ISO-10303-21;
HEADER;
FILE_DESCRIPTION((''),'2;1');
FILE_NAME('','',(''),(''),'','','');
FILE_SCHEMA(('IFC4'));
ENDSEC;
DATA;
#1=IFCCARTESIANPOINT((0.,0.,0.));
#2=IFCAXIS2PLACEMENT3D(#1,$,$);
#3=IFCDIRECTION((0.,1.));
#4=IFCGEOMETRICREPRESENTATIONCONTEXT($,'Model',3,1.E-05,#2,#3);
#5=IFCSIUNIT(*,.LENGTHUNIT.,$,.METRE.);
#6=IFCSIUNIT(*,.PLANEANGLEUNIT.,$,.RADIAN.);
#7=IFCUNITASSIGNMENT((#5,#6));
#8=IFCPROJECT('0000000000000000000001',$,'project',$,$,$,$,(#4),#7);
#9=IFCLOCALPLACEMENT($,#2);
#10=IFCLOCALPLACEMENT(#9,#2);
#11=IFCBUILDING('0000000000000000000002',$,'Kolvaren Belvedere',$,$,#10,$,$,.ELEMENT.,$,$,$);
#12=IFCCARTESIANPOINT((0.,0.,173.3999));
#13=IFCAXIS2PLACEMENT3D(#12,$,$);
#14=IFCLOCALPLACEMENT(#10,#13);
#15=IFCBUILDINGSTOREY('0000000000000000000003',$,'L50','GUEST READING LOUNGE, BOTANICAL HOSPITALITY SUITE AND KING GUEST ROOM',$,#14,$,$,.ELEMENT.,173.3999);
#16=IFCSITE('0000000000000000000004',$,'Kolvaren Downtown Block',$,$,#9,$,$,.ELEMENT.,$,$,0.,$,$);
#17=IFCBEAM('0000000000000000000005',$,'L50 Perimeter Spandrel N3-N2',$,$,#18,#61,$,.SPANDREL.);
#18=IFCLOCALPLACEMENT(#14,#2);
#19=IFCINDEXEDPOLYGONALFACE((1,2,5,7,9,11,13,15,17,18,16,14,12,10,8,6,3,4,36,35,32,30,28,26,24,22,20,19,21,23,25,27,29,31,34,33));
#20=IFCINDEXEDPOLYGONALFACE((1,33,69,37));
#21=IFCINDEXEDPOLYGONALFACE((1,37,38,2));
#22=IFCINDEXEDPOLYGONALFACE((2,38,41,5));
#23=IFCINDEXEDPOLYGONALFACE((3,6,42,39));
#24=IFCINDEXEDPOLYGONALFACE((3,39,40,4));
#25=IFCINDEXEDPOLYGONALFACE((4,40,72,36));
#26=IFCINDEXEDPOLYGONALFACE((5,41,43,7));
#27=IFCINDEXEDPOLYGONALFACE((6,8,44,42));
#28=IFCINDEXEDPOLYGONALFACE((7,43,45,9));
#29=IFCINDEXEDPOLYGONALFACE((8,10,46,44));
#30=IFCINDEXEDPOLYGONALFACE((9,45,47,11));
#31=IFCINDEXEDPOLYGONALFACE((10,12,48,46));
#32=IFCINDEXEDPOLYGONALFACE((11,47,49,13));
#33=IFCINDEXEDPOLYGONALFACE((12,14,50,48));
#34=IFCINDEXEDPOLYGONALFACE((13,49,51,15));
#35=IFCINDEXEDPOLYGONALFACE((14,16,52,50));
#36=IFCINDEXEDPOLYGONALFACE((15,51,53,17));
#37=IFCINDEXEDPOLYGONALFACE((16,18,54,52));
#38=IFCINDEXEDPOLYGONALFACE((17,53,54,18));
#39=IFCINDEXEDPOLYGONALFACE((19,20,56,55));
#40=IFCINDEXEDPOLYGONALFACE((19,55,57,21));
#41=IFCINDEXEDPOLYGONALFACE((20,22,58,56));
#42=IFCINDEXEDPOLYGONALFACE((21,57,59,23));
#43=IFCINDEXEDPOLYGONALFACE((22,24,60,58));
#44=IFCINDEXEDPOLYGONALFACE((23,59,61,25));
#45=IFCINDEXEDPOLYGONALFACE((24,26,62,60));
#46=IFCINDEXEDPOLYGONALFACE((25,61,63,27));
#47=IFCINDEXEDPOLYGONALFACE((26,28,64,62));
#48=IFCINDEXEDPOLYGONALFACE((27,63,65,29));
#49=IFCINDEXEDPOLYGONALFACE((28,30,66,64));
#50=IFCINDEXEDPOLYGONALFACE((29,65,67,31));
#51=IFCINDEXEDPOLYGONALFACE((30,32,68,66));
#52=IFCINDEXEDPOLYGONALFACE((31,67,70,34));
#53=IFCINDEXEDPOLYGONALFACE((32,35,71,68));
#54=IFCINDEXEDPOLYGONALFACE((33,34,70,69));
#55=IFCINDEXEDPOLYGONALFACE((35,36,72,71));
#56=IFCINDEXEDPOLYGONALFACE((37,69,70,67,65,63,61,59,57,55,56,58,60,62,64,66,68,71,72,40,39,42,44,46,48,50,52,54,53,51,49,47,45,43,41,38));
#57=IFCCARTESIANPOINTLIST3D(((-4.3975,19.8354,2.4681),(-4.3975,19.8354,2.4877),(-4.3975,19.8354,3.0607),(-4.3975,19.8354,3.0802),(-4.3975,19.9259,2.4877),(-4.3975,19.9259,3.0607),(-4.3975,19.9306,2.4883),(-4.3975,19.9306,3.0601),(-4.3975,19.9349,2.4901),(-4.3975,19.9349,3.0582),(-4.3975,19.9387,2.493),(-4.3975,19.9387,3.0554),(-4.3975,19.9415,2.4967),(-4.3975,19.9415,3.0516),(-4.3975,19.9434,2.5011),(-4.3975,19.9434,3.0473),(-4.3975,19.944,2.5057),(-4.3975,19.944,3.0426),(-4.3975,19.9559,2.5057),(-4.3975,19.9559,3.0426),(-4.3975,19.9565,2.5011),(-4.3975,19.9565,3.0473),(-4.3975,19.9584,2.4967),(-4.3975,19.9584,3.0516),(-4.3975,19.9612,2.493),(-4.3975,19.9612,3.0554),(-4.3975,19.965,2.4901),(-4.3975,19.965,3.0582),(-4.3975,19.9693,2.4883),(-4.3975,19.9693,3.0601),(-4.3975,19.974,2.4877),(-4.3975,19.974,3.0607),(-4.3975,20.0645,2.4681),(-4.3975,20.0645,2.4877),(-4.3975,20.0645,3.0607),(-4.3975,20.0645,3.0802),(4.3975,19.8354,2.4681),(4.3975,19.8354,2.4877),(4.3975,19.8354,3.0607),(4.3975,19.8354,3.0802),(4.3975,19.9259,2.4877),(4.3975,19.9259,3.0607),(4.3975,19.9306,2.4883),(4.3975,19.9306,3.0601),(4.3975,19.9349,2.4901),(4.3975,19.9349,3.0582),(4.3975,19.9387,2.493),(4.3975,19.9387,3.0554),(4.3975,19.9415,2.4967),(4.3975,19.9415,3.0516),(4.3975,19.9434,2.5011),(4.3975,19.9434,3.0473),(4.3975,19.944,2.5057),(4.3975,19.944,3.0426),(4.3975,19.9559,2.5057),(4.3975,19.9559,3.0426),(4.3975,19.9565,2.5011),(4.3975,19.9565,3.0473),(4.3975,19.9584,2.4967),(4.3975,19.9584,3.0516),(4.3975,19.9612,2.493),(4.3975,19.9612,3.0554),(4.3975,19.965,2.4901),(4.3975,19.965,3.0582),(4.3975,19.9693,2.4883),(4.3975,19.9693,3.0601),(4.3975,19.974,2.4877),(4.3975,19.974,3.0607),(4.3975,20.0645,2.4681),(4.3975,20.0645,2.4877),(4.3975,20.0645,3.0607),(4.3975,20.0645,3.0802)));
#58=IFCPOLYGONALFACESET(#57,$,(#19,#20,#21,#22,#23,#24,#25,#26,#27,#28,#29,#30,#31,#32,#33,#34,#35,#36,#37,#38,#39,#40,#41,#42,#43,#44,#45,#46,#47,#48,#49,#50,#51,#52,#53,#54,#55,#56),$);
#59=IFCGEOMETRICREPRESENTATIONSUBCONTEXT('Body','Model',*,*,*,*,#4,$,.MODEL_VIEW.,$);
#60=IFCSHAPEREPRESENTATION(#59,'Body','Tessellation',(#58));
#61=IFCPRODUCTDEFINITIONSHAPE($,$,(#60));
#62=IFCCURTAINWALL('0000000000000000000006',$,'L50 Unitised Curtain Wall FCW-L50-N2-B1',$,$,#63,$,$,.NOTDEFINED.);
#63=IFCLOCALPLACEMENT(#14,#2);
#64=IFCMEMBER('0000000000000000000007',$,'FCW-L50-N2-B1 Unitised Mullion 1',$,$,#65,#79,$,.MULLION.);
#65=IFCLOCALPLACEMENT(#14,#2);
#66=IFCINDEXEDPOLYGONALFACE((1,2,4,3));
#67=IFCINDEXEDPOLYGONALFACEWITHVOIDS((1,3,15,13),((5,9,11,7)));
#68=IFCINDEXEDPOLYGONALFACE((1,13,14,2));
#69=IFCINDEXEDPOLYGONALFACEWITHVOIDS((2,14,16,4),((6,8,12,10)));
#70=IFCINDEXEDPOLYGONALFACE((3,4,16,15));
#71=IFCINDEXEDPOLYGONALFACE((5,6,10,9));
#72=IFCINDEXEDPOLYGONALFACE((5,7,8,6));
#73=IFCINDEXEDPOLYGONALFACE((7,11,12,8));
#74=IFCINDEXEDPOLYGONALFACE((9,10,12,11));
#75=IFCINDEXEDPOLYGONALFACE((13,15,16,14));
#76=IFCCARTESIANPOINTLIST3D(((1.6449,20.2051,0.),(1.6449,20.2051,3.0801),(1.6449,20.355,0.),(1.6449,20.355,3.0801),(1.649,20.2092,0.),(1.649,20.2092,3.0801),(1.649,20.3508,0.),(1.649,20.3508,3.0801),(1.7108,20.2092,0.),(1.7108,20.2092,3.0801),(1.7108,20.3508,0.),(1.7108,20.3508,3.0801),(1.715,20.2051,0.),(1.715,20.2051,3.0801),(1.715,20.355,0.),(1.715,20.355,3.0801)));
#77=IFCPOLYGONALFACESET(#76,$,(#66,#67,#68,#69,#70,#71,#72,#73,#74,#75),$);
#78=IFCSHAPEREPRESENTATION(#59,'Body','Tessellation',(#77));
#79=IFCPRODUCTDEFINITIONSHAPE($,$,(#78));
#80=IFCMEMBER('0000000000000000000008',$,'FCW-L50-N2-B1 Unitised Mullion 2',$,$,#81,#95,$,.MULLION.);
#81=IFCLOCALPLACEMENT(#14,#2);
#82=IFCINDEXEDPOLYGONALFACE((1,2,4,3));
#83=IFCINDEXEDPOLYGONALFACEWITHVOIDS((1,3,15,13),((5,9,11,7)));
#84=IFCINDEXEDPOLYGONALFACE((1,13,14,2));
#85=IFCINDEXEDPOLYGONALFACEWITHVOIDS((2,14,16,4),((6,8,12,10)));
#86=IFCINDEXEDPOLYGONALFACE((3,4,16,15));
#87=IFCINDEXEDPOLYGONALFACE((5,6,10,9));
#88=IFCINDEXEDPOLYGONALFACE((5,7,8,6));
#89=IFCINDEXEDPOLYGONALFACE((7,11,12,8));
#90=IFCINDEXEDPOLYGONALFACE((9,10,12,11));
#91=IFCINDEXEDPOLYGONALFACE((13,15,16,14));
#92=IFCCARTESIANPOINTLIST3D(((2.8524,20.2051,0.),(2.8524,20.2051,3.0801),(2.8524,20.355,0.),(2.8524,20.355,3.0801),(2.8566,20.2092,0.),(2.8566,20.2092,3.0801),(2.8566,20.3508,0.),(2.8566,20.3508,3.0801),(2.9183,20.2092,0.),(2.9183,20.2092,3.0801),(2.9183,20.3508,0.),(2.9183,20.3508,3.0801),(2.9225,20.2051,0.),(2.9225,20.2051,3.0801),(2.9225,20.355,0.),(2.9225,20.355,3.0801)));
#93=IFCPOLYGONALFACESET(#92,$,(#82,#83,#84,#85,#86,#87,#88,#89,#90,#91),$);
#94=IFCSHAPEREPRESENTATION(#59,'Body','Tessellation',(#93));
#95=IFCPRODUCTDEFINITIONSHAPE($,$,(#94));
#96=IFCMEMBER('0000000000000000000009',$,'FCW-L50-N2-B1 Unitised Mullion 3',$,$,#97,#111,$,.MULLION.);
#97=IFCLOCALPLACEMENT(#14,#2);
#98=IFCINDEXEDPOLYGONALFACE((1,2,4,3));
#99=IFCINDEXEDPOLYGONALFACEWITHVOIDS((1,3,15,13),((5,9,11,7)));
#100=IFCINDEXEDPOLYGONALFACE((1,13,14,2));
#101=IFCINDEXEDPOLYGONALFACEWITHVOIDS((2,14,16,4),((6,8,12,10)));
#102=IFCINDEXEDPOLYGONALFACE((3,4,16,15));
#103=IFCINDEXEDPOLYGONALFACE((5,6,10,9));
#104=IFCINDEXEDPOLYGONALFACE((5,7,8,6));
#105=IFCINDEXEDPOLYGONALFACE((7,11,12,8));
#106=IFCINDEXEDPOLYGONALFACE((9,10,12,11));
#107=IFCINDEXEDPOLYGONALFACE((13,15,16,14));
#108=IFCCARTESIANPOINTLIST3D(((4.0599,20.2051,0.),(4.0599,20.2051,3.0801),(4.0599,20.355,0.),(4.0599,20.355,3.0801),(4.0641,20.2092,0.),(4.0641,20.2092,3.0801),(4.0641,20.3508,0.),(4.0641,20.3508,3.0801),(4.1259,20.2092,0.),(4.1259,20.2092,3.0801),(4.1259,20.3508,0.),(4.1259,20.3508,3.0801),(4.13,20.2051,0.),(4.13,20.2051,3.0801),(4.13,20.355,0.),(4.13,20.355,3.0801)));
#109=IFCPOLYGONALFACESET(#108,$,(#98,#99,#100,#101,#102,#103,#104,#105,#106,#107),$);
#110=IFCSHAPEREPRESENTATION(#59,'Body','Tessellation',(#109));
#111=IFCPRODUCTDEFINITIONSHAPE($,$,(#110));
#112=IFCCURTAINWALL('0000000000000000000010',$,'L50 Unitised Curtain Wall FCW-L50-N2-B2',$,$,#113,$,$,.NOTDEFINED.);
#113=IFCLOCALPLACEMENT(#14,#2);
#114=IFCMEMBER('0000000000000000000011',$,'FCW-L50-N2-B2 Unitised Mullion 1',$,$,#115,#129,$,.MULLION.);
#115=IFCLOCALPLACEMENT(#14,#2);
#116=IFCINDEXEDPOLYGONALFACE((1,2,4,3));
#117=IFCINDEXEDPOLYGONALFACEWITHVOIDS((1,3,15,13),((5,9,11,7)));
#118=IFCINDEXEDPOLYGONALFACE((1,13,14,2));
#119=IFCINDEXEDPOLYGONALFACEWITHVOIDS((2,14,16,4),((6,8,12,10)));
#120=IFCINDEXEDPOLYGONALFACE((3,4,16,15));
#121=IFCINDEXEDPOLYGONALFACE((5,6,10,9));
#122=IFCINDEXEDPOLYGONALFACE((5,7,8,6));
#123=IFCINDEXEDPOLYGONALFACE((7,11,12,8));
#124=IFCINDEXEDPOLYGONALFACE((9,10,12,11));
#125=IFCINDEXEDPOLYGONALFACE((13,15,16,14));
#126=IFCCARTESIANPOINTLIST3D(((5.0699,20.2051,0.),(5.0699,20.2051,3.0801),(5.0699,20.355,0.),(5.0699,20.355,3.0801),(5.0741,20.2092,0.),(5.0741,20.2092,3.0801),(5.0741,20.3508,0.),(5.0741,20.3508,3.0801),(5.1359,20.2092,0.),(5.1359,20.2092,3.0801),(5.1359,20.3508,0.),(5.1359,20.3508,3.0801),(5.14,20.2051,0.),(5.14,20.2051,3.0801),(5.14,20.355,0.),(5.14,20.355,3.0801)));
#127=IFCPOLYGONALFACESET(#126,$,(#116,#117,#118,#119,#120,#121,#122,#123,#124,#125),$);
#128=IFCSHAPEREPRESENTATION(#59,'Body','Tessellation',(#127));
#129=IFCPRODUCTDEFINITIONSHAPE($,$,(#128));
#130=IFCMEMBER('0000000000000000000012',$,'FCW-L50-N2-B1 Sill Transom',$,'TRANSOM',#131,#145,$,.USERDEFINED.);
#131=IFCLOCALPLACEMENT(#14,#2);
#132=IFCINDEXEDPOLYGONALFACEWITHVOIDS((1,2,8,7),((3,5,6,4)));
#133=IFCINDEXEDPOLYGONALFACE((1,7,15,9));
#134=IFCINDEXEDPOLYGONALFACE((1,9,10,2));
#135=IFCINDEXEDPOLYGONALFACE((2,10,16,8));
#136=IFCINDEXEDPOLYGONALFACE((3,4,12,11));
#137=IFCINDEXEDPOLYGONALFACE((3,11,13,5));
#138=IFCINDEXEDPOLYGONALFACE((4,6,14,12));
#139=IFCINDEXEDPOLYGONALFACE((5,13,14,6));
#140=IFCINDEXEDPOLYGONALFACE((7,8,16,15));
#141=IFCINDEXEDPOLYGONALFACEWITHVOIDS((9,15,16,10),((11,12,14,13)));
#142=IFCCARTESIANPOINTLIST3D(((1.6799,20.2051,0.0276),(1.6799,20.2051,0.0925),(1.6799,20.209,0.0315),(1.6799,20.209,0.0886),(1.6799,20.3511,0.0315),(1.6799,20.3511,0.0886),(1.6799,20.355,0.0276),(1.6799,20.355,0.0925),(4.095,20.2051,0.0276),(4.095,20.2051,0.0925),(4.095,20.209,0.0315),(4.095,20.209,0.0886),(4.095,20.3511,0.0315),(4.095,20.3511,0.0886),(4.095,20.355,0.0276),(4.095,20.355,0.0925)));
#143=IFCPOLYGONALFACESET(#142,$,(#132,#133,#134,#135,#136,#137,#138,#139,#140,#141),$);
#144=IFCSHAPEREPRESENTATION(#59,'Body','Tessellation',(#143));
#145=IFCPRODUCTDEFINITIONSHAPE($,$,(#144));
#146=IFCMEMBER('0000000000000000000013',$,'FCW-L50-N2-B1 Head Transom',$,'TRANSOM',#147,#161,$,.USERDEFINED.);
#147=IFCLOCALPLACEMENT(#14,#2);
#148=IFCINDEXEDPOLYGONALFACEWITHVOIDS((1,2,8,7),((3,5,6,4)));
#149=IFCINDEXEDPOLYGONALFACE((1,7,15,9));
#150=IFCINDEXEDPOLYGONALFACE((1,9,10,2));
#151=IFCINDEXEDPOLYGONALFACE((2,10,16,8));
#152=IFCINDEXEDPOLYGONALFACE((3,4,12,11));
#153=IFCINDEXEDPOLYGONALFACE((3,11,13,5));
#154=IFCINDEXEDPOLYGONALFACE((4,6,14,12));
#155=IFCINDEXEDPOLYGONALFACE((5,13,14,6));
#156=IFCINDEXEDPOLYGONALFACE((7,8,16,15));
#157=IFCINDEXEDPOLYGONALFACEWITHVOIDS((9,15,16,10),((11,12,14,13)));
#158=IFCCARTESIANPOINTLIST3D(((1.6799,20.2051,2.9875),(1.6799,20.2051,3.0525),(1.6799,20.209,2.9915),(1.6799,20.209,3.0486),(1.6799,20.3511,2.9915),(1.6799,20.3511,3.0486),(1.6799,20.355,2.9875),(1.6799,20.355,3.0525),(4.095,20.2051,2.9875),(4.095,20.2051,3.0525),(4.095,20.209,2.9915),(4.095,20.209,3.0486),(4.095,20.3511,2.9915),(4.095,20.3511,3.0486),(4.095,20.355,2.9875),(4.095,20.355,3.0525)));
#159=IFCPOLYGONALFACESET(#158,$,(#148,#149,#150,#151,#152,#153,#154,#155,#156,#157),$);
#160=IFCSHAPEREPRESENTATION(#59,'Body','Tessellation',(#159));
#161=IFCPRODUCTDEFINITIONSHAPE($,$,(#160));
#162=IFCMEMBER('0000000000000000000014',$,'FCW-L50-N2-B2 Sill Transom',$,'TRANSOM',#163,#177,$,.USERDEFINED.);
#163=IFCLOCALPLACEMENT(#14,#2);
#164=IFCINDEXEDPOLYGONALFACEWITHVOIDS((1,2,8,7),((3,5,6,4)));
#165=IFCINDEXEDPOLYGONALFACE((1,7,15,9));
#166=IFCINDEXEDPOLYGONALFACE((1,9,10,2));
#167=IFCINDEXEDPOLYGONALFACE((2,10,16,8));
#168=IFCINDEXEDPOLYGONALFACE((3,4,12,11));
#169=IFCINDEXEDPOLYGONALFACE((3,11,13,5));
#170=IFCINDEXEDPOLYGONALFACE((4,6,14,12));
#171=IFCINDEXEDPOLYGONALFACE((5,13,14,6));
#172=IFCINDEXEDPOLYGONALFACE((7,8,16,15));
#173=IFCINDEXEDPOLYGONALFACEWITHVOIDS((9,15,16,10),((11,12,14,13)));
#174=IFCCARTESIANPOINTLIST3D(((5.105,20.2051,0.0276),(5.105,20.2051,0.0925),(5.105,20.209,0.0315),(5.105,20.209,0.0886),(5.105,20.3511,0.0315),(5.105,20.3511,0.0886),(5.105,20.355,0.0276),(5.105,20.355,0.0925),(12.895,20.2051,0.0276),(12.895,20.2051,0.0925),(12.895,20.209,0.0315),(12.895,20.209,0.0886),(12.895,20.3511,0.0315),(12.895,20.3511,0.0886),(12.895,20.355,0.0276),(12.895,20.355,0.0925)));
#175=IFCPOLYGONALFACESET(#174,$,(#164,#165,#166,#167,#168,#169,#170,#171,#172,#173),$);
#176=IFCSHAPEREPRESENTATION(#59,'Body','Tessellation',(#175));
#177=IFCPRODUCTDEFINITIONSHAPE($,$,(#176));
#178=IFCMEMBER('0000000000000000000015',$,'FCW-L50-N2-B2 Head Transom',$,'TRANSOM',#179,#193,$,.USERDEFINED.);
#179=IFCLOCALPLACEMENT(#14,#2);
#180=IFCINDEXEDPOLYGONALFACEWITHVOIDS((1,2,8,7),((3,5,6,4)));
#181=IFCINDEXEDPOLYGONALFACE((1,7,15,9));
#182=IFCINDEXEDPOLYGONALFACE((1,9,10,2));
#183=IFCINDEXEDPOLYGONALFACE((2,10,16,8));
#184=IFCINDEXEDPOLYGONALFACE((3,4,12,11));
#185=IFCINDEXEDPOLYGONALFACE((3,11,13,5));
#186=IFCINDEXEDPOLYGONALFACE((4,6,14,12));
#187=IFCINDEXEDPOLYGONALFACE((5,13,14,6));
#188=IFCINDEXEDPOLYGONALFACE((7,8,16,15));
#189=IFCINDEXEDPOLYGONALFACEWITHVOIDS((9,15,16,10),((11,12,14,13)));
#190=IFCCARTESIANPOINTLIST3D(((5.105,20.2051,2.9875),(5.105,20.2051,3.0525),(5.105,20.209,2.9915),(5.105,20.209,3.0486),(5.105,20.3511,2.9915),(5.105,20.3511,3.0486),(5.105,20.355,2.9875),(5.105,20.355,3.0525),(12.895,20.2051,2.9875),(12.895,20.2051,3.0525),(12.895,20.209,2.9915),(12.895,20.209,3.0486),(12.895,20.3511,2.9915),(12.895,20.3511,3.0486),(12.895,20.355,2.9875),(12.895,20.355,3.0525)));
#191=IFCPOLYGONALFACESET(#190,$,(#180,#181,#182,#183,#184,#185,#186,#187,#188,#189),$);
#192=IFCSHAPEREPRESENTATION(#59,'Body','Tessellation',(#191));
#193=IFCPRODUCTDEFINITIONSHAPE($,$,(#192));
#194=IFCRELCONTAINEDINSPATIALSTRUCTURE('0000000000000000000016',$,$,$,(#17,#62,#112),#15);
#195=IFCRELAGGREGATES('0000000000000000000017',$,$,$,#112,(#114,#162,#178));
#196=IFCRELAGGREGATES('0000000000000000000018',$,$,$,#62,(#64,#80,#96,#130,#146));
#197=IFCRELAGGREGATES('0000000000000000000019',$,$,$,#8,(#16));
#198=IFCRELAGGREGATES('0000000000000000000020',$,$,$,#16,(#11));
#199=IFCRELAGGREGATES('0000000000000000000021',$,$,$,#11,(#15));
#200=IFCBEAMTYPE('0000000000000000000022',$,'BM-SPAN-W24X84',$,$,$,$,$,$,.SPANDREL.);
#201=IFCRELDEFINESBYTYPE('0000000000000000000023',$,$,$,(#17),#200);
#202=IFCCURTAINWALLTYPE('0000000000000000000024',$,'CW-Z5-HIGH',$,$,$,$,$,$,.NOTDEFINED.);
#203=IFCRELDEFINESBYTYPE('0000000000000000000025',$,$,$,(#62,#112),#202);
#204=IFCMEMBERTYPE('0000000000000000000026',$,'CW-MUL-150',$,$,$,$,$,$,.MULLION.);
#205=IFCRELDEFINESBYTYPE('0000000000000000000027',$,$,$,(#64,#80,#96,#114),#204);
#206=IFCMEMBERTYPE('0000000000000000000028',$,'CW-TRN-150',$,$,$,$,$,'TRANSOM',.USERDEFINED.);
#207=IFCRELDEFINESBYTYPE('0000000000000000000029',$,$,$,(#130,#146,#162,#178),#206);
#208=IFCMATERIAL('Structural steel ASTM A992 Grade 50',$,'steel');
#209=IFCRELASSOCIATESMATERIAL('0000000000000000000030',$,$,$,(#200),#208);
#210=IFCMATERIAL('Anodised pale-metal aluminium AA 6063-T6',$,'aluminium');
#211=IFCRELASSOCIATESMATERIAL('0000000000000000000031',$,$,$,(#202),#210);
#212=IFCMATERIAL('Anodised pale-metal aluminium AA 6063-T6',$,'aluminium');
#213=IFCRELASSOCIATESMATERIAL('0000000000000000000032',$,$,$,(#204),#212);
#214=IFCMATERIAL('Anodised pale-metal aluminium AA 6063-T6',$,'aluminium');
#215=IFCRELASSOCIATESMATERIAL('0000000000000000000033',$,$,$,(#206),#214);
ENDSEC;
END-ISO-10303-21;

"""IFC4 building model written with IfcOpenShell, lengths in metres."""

from ifc_helpers import new_model, si_unit, direction, frame, origin, origin_2d, place, context, subcontext, project, spatial, hollow_rectangle, i_section, extrude, material, material_profile, profile_set, type_object, element, aggregate, save


model = new_model("IFC4")

# Units and contexts
model_context = context("Model", 3, precision=1e-05, world=origin(), true_north=direction((0.0, 1.0)))
body_context = subcontext(model_context, "Body", "Model", "MODEL_VIEW")
ifc_project = project(units=[si_unit("LENGTHUNIT", "METRE"), si_unit("PLANEANGLEUNIT", "RADIAN")], contexts=[model_context])

# Site, building, storey
site_placement = place(None, origin())
site = spatial("IfcSite", under=ifc_project, at=site_placement, Name="Kolvaren Downtown Block", CompositionType="ELEMENT", RefElevation=0.0)
building_placement = place(site_placement, origin())
building = spatial("IfcBuilding", under=site, at=building_placement, Name="Kolvaren Belvedere", CompositionType="ELEMENT")
storey_placement = place(building_placement, frame((0.0, 0.0, 173.3999)))
storey = spatial("IfcBuildingStorey", under=building, at=storey_placement, Name="L50", Description="GUEST READING LOUNGE, BOTANICAL HOSPITALITY SUITE AND KING GUEST ROOM", CompositionType="ELEMENT", Elevation=173.3999)

# Beam
ifc_material_1 = material(Name="Structural steel ASTM A992 Grade 50", Category="steel")
ifc_material_profile_1 = material_profile(ifc_material_1, i_section(OverallWidth=0.229, OverallDepth=0.6121, WebThickness=0.012, FlangeThickness=0.0195, FilletRadius=0.0181, at=origin_2d()), Name="W24X84")
ifc_profile_set_1 = profile_set([ifc_material_profile_1], Name="Structural steel ASTM A992 Grade 50")
beam_type_1 = type_object("IfcBeamType", Name="BM-SPAN-W24X84", PredefinedType="SPANDREL", material=ifc_profile_set_1)
beam_1_placement = place(storey_placement, frame((4.3975, 19.95, 2.7742), z_axis=(-1.0, 0.0, 0.0), x_axis=(0.0, -1.0, 0.0)))
element("IfcBeam", 1, at=beam_1_placement, inside=storey, type_object=beam_type_1, Name="L50 Perimeter Spandrel N3-N2", PredefinedType="SPANDREL", context=body_context, shape_type="SweptSolid", body=[
    extrude(i_section(OverallWidth=0.229, OverallDepth=0.6121, WebThickness=0.012, FlangeThickness=0.0195, FilletRadius=0.0181, at=origin_2d()), origin(), (0.0, 0.0, 1.0), 8.7949),
])

# Curtain wall, members
ifc_material_2 = material(Name="Anodised pale-metal aluminium AA 6063-T6", Category="aluminium")
curtain_wall_type = type_object("IfcCurtainWallType", Name="CW-Z5-HIGH", PredefinedType="NOTDEFINED", material=ifc_material_2)
curtain_wall_1_placement = place(storey_placement, origin())
curtain_wall_1 = element("IfcCurtainWall", 2, at=curtain_wall_1_placement, inside=storey, type_object=curtain_wall_type, Name="L50 Unitised Curtain Wall FCW-L50-N2-B1", PredefinedType="NOTDEFINED")
ifc_material_3 = material(Name="Anodised pale-metal aluminium AA 6063-T6", Category="aluminium")
ifc_material_profile_2 = material_profile(ifc_material_3, hollow_rectangle(XDim=0.0701, YDim=0.1499, WallThickness=0.0042, at=origin_2d()), Name="ALU-MUL-150X70")
ifc_profile_set_2 = profile_set([ifc_material_profile_2], Name="Anodised pale-metal aluminium AA 6063-T6")
member_type_1 = type_object("IfcMemberType", Name="CW-MUL-150", PredefinedType="MULLION", material=ifc_profile_set_2)
member_1_placement = place(storey_placement, frame((1.6799, 20.28, 0.0), z_axis=(0.0, 0.0, 1.0), x_axis=(1.0, 0.0, 0.0)))
member_1 = element("IfcMember", 3, at=member_1_placement, type_object=member_type_1, Name="FCW-L50-N2-B1 Unitised Mullion 1", PredefinedType="MULLION", context=body_context, shape_type="SweptSolid", body=[
    extrude(hollow_rectangle(XDim=0.0701, YDim=0.1499, WallThickness=0.0042, at=origin_2d()), origin(), (0.0, 0.0, 1.0), 3.0801),
])
member_2_placement = place(storey_placement, frame((2.8875, 20.28, 0.0), z_axis=(0.0, 0.0, 1.0), x_axis=(1.0, 0.0, 0.0)))
member_2 = element("IfcMember", 4, at=member_2_placement, type_object=member_type_1, Name="FCW-L50-N2-B1 Unitised Mullion 2", PredefinedType="MULLION", context=body_context, shape_type="SweptSolid", body=[
    extrude(hollow_rectangle(XDim=0.0701, YDim=0.1499, WallThickness=0.0042, at=origin_2d()), origin(), (0.0, 0.0, 1.0), 3.0801),
])
member_3_placement = place(storey_placement, frame((4.095, 20.28, 0.0), z_axis=(0.0, 0.0, 1.0), x_axis=(1.0, 0.0, 0.0)))
member_3 = element("IfcMember", 5, at=member_3_placement, type_object=member_type_1, Name="FCW-L50-N2-B1 Unitised Mullion 3", PredefinedType="MULLION", context=body_context, shape_type="SweptSolid", body=[
    extrude(hollow_rectangle(XDim=0.0701, YDim=0.1499, WallThickness=0.0042, at=origin_2d()), origin(), (0.0, 0.0, 1.0), 3.0801),
])

# Curtain wall, member
curtain_wall_2_placement = place(storey_placement, origin())
curtain_wall_2 = element("IfcCurtainWall", 6, at=curtain_wall_2_placement, inside=storey, type_object=curtain_wall_type, Name="L50 Unitised Curtain Wall FCW-L50-N2-B2", PredefinedType="NOTDEFINED")
member_4_placement = place(storey_placement, frame((5.105, 20.28, 0.0), z_axis=(0.0, 0.0, 1.0), x_axis=(1.0, 0.0, 0.0)))
member_4 = element("IfcMember", 7, at=member_4_placement, type_object=member_type_1, Name="FCW-L50-N2-B2 Unitised Mullion 1", PredefinedType="MULLION", context=body_context, shape_type="SweptSolid", body=[
    extrude(hollow_rectangle(XDim=0.0701, YDim=0.1499, WallThickness=0.0042, at=origin_2d()), origin(), (0.0, 0.0, 1.0), 3.0801),
])

# Members
ifc_material_4 = material(Name="Anodised pale-metal aluminium AA 6063-T6", Category="aluminium")
ifc_material_profile_3 = material_profile(ifc_material_4, hollow_rectangle(XDim=0.0649, YDim=0.1499, WallThickness=0.0039, at=origin_2d()), Name="ALU-TRN-150X65")
ifc_profile_set_3 = profile_set([ifc_material_profile_3], Name="Anodised pale-metal aluminium AA 6063-T6")
member_type_2 = type_object("IfcMemberType", Name="CW-TRN-150", ElementType="TRANSOM", PredefinedType="USERDEFINED", material=ifc_profile_set_3)
member_5_placement = place(storey_placement, frame((1.6799, 20.28, 0.0601), z_axis=(1.0, 0.0, 0.0), x_axis=(0.0, 0.0, 1.0)))
member_5 = element("IfcMember", 8, at=member_5_placement, type_object=member_type_2, Name="FCW-L50-N2-B1 Sill Transom", ObjectType="TRANSOM", PredefinedType="USERDEFINED", context=body_context, shape_type="SweptSolid", body=[
    extrude(hollow_rectangle(XDim=0.0649, YDim=0.1499, WallThickness=0.0039, at=origin_2d()), origin(), (0.0, 0.0, 1.0), 2.415),
])
member_6_placement = place(storey_placement, frame((1.6799, 20.28, 3.02), z_axis=(1.0, 0.0, 0.0), x_axis=(0.0, 0.0, 1.0)))
member_6 = element("IfcMember", 9, at=member_6_placement, type_object=member_type_2, Name="FCW-L50-N2-B1 Head Transom", ObjectType="TRANSOM", PredefinedType="USERDEFINED", context=body_context, shape_type="SweptSolid", body=[
    extrude(hollow_rectangle(XDim=0.0649, YDim=0.1499, WallThickness=0.0039, at=origin_2d()), origin(), (0.0, 0.0, 1.0), 2.415),
])
member_7_placement = place(storey_placement, frame((5.105, 20.28, 0.0601), z_axis=(1.0, 0.0, 0.0), x_axis=(0.0, 0.0, 1.0)))
member_7 = element("IfcMember", 10, at=member_7_placement, type_object=member_type_2, Name="FCW-L50-N2-B2 Sill Transom", ObjectType="TRANSOM", PredefinedType="USERDEFINED", context=body_context, shape_type="SweptSolid", body=[
    extrude(hollow_rectangle(XDim=0.0649, YDim=0.1499, WallThickness=0.0039, at=origin_2d()), origin(), (0.0, 0.0, 1.0), 7.79),
])
member_8_placement = place(storey_placement, frame((5.105, 20.28, 3.02), z_axis=(1.0, 0.0, 0.0), x_axis=(0.0, 0.0, 1.0)))
member_8 = element("IfcMember", 11, at=member_8_placement, type_object=member_type_2, Name="FCW-L50-N2-B2 Head Transom", ObjectType="TRANSOM", PredefinedType="USERDEFINED", context=body_context, shape_type="SweptSolid", body=[
    extrude(hollow_rectangle(XDim=0.0649, YDim=0.1499, WallThickness=0.0039, at=origin_2d()), origin(), (0.0, 0.0, 1.0), 7.79),
])
aggregate(curtain_wall_2, [member_4, member_7, member_8])

aggregate(curtain_wall_1, [member_1, member_2, member_3, member_5, member_6])

save(model, "model.ifc")
